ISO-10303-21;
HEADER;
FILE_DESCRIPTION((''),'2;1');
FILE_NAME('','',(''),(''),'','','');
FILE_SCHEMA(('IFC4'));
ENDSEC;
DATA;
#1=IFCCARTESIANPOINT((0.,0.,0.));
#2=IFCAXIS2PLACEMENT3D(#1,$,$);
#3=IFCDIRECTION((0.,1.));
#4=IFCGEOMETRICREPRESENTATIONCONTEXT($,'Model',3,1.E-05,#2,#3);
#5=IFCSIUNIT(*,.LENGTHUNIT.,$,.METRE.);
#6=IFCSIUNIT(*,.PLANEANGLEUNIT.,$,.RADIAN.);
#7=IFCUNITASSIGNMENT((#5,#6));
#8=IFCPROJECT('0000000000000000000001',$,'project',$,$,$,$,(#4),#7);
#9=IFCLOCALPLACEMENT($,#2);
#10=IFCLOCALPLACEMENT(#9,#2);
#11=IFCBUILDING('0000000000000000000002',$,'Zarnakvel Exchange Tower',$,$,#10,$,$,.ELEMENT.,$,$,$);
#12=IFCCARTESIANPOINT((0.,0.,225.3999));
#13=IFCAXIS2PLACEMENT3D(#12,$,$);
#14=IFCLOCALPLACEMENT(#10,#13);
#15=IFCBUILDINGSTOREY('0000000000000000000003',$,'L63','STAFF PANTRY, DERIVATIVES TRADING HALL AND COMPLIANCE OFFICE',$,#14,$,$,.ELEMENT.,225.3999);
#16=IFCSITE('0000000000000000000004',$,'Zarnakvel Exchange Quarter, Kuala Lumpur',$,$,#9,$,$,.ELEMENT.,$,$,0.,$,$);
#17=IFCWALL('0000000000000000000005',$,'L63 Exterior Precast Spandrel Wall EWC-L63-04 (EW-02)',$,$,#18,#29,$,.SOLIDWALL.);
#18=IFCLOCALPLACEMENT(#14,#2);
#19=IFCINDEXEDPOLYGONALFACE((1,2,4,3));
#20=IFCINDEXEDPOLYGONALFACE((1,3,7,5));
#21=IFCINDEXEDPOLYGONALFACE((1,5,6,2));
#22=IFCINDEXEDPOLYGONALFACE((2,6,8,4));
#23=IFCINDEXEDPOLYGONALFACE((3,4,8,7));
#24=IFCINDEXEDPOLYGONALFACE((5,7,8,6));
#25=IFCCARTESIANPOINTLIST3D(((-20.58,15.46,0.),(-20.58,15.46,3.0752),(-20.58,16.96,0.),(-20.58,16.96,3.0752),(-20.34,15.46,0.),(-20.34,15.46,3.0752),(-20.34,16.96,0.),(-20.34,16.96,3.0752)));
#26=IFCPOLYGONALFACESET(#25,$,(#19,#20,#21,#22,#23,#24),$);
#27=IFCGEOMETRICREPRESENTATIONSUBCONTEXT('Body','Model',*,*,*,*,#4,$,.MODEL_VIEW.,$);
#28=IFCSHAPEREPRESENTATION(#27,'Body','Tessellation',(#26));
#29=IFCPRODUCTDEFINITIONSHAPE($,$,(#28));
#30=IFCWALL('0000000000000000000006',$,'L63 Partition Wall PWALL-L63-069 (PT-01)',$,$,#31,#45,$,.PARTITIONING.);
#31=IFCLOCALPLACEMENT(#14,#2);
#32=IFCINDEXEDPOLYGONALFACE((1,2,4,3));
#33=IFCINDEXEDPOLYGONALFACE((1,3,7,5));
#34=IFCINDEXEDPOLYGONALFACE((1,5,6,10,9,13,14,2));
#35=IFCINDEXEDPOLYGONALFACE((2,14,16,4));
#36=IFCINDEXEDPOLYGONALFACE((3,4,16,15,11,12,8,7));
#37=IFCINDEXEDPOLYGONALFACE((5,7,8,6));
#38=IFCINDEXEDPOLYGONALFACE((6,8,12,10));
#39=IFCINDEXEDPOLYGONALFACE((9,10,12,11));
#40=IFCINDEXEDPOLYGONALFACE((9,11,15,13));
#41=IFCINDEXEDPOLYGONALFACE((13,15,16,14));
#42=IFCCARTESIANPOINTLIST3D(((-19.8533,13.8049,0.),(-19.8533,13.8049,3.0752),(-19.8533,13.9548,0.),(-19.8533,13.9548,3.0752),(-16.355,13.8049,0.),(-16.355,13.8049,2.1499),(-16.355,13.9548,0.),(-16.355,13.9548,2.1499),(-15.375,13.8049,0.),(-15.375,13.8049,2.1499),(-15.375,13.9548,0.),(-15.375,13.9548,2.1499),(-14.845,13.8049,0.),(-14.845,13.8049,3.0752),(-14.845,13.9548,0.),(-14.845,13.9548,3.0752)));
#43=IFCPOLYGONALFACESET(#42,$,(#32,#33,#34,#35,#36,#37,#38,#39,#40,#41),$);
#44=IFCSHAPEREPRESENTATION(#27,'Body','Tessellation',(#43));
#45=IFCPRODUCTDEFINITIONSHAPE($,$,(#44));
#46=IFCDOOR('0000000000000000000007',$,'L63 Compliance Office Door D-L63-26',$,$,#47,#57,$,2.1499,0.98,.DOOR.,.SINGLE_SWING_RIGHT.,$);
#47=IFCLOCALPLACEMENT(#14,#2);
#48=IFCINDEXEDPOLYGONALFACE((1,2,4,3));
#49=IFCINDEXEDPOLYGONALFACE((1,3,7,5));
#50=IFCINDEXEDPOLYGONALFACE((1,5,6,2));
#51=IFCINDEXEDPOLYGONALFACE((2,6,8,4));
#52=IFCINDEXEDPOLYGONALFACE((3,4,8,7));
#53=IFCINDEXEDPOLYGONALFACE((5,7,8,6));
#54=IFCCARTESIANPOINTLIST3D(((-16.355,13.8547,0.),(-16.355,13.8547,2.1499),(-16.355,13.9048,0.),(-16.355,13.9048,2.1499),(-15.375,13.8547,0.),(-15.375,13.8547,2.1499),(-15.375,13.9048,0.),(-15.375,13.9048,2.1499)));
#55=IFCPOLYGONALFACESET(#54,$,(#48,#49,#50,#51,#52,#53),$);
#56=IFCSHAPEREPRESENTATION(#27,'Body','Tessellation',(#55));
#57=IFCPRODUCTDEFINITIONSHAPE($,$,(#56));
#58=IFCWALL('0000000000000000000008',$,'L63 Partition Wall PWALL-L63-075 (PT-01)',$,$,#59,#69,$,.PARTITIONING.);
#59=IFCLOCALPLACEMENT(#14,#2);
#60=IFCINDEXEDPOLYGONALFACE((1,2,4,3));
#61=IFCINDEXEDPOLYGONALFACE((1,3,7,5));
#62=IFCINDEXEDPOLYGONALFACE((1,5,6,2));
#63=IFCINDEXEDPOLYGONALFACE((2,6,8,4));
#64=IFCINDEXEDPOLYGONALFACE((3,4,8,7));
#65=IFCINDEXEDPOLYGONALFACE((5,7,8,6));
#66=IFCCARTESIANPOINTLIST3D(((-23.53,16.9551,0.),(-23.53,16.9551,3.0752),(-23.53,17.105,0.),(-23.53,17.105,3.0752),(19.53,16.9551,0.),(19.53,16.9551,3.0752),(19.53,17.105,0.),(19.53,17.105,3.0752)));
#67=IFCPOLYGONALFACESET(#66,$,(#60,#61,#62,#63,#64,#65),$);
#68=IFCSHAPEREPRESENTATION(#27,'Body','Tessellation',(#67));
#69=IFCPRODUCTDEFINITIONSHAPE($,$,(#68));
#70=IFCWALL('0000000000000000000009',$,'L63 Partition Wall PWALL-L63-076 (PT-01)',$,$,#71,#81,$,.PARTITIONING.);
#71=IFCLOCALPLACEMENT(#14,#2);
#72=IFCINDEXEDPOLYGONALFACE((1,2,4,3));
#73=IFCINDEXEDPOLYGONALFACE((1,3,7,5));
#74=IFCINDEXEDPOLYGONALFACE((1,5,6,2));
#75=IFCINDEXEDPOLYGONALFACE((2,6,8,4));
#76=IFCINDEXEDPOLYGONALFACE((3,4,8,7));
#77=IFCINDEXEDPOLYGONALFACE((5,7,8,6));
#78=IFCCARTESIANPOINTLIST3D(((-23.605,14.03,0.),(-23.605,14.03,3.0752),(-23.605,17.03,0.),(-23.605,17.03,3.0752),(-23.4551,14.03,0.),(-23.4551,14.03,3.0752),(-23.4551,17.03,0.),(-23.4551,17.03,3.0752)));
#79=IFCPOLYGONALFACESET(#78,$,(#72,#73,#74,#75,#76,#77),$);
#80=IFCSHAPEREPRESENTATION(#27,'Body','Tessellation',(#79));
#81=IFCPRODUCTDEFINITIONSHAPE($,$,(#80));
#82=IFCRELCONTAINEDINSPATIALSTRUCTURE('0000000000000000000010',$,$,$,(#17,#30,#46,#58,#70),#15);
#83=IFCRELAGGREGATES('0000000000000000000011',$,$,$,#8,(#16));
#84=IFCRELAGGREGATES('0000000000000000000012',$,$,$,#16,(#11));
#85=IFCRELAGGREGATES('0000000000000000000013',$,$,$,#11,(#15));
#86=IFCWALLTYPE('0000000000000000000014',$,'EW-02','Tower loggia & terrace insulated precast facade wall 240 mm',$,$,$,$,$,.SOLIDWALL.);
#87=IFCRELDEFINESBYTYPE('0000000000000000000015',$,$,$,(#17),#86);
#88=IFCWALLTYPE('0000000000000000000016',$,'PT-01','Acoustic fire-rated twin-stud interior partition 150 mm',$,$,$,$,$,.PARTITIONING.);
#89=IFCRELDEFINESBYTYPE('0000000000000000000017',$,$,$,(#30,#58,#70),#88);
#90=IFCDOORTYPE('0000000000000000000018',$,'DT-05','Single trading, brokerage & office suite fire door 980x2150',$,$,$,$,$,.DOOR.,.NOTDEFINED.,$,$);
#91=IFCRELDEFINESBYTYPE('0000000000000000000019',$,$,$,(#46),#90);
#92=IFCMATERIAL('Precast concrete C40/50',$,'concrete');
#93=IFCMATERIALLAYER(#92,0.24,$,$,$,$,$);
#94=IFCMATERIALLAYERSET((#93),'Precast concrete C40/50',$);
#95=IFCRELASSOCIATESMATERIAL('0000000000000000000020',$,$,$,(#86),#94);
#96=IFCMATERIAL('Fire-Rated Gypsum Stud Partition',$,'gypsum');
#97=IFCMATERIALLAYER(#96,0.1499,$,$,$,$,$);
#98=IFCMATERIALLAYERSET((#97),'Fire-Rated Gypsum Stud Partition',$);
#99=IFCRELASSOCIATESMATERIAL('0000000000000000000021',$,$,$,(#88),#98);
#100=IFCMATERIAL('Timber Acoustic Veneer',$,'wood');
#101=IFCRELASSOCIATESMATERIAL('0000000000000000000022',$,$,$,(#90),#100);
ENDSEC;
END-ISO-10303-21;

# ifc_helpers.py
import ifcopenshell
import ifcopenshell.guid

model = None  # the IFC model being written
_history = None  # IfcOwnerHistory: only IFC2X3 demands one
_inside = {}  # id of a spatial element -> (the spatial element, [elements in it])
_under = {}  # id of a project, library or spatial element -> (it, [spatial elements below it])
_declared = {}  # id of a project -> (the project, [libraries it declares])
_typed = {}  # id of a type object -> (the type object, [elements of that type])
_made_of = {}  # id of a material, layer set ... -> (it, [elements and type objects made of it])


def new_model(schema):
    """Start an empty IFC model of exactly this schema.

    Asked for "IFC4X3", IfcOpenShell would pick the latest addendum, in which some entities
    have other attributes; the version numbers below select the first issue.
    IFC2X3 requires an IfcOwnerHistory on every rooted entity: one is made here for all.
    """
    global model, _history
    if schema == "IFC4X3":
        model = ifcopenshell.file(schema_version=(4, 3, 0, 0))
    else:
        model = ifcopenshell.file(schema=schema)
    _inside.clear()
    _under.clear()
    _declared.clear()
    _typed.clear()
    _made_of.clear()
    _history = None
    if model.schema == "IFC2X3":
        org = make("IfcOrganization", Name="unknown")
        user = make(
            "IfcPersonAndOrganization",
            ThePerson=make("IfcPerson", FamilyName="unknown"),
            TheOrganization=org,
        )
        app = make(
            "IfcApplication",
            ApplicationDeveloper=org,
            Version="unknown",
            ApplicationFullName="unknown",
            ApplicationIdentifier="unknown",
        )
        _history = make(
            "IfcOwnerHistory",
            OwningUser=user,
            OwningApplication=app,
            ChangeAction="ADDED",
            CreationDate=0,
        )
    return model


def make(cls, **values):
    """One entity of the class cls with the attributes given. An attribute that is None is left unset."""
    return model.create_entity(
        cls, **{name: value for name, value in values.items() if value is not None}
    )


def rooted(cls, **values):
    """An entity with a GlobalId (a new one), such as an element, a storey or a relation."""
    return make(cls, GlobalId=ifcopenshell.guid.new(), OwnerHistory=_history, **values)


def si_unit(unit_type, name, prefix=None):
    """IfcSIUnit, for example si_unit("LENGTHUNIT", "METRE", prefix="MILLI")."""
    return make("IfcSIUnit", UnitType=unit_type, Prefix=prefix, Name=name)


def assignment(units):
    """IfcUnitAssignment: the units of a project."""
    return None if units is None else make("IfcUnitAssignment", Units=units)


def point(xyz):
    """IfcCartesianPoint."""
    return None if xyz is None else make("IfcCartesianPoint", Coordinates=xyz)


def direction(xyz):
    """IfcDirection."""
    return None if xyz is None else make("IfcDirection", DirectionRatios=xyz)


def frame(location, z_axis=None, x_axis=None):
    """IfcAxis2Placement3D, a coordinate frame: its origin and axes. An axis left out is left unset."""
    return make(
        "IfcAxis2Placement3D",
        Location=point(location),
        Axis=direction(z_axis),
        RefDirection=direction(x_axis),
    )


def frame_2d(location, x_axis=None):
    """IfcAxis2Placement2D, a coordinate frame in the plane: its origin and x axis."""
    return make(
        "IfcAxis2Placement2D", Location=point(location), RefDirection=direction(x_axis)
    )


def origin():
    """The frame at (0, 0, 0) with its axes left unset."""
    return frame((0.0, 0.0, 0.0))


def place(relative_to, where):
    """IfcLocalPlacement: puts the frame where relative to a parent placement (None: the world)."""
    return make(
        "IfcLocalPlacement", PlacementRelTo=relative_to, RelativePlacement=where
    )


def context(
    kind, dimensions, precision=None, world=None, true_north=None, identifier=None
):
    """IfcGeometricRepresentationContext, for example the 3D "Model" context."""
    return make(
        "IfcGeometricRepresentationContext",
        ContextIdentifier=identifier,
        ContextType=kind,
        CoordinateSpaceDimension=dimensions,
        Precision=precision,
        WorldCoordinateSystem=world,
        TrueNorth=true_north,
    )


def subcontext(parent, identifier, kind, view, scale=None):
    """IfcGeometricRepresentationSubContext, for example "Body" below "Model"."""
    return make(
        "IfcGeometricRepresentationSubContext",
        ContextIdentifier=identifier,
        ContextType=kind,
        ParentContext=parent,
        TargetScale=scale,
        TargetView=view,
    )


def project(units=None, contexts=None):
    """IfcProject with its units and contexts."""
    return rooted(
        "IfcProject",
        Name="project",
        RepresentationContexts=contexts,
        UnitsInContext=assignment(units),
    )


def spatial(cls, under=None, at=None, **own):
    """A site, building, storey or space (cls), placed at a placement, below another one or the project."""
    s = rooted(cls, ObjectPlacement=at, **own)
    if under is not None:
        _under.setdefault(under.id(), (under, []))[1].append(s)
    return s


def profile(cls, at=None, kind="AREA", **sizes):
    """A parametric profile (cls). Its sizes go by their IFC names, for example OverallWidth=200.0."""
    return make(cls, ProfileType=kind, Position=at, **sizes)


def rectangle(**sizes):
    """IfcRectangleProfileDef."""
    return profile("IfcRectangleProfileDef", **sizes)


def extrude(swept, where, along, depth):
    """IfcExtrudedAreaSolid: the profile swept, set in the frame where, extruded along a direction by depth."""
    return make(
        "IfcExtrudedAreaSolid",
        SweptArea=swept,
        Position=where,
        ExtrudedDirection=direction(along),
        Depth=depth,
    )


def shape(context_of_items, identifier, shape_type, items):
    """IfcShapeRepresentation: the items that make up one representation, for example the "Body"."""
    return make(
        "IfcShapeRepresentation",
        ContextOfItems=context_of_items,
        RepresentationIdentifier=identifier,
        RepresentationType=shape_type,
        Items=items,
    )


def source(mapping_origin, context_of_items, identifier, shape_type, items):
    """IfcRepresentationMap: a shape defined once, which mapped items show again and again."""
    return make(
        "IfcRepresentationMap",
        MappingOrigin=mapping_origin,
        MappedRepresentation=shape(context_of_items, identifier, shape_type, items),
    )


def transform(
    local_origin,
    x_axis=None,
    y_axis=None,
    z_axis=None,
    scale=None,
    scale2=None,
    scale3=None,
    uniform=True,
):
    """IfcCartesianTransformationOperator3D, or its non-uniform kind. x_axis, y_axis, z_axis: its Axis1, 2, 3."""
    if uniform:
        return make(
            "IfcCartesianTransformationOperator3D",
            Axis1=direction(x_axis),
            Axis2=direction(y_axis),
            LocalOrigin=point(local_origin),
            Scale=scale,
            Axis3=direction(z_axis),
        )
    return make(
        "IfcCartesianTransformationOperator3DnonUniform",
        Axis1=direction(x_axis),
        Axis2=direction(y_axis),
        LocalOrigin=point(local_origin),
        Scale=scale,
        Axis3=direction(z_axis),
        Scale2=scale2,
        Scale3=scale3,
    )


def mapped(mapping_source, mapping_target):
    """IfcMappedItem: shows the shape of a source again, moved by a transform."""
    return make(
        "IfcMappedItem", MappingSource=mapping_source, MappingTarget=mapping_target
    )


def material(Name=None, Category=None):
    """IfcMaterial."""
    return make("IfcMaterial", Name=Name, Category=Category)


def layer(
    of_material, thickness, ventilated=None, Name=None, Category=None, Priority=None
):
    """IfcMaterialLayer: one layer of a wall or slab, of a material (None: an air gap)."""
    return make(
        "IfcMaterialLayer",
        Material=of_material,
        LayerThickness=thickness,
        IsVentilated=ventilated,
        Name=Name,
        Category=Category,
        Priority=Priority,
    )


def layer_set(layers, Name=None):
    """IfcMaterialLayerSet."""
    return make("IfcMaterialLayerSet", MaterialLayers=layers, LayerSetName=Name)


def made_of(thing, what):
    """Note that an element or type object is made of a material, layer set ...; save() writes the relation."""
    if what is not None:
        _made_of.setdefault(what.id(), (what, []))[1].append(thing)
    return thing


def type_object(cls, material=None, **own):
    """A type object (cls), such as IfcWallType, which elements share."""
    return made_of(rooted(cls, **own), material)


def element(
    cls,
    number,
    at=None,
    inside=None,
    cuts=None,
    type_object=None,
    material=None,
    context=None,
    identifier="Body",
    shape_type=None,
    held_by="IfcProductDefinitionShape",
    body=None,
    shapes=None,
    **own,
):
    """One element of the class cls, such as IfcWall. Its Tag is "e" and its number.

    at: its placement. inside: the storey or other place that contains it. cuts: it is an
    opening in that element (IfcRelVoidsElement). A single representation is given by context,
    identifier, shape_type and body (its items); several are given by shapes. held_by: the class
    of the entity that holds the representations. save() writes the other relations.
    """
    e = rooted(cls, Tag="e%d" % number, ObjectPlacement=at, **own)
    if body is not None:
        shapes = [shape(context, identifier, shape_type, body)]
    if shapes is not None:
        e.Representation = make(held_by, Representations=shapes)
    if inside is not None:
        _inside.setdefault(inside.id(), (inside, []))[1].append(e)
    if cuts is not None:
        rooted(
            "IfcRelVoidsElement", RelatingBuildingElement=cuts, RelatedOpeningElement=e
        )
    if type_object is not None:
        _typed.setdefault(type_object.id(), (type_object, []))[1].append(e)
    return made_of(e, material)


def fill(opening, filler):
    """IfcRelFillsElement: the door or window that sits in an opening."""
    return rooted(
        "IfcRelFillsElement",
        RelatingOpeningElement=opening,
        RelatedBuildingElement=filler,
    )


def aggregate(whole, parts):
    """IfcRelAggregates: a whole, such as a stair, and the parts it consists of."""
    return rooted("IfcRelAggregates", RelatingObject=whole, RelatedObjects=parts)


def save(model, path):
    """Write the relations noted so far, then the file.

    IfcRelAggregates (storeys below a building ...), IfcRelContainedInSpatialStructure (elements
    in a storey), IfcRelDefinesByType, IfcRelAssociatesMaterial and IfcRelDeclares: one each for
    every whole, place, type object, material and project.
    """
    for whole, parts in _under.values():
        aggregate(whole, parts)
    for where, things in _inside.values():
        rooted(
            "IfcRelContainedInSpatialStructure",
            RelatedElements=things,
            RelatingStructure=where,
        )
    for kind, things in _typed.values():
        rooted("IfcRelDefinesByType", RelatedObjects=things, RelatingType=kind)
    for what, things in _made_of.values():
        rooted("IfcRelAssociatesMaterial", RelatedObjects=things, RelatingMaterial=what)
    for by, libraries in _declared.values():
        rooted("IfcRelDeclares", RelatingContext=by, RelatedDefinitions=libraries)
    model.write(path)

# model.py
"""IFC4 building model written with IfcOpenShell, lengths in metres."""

from ifc_helpers import new_model, si_unit, direction, frame, frame_2d, origin, place, context, subcontext, project, spatial, rectangle, extrude, source, transform, mapped, material, layer, layer_set, type_object, element, fill, save


model = new_model("IFC4")

# Units and contexts
model_context = context("Model", 3, precision=1e-05, world=origin(), true_north=direction((0.0, 1.0)))
body_context = subcontext(model_context, "Body", "Model", "MODEL_VIEW")
ifc_project = project(units=[si_unit("LENGTHUNIT", "METRE"), si_unit("PLANEANGLEUNIT", "RADIAN")], contexts=[model_context])

# Site, building, storey
site_placement = place(None, origin())
site = spatial("IfcSite", under=ifc_project, at=site_placement, Name="Zarnakvel Exchange Quarter, Kuala Lumpur", CompositionType="ELEMENT", RefElevation=0.0)
building_placement = place(site_placement, origin())
building = spatial("IfcBuilding", under=site, at=building_placement, Name="Zarnakvel Exchange Tower", CompositionType="ELEMENT")
storey_placement = place(building_placement, frame((0.0, 0.0, 225.3999)))
storey = spatial("IfcBuildingStorey", under=building, at=storey_placement, Name="L63", Description="STAFF PANTRY, DERIVATIVES TRADING HALL AND COMPLIANCE OFFICE", CompositionType="ELEMENT", Elevation=225.3999)

# Wall
ifc_material_1 = material(Name="Precast concrete C40/50", Category="concrete")
ifc_layer_1 = layer(ifc_material_1, 0.24)
ifc_layer_set_1 = layer_set([ifc_layer_1], Name="Precast concrete C40/50")
wall_type_1 = type_object("IfcWallType", Name="EW-02", Description="Tower loggia & terrace insulated precast facade wall 240 mm", PredefinedType="SOLIDWALL", material=ifc_layer_set_1)
for number, where, z_axis, x_axis, name in (
    (1, (-20.46, 16.96, 0.0), (0.0, 0.0, 1.0), (0.0, -1.0, 0.0), "L63 Exterior Precast Spandrel Wall EWC-L63-04 (EW-02)"),
):
    element("IfcWall", number, at=place(storey_placement, frame(where, z_axis=z_axis, x_axis=x_axis)), inside=storey, type_object=wall_type_1, Name=name, PredefinedType="SOLIDWALL", context=body_context, shape_type="SweptSolid", body=[
        extrude(rectangle(XDim=1.5, YDim=0.24, at=frame_2d((0.75, 0.0))), origin(), (0.0, 0.0, 1.0), 3.0752),
    ])

# Wall, opening, door
ifc_material_2 = material(Name="Fire-Rated Gypsum Stud Partition", Category="gypsum")
ifc_layer_2 = layer(ifc_material_2, 0.1499)
ifc_layer_set_2 = layer_set([ifc_layer_2], Name="Fire-Rated Gypsum Stud Partition")
wall_type_2 = type_object("IfcWallType", Name="PT-01", Description="Acoustic fire-rated twin-stud interior partition 150 mm", PredefinedType="PARTITIONING", material=ifc_layer_set_2)
wall_1_placement = place(storey_placement, frame((-19.8533, 13.8799, 0.0), z_axis=(0.0, 0.0, 1.0), x_axis=(1.0, 0.0, 0.0)))
wall_1 = element("IfcWall", 2, at=wall_1_placement, inside=storey, type_object=wall_type_2, Name="L63 Partition Wall PWALL-L63-069 (PT-01)", PredefinedType="PARTITIONING", context=body_context, shape_type="SweptSolid", body=[
    extrude(rectangle(XDim=5.0083, YDim=0.1499, at=frame_2d((2.5042, 0.0))), origin(), (0.0, 0.0, 1.0), 3.0752),
])
opening_placement = place(wall_1_placement, frame((3.4983, 0.0, 0.0)))
opening = element("IfcOpeningElement", 3, at=opening_placement, cuts=wall_1, PredefinedType="OPENING", context=body_context, shape_type="SweptSolid", body=[
    extrude(rectangle(XDim=0.98, YDim=2.1499, at=frame_2d((0.49, 1.075))), frame((0.0, 0.085, 0.0), z_axis=(0.0, -1.0, 0.0), x_axis=(1.0, 0.0, 0.0)), (0.0, 0.0, 1.0), 0.1699),
])
ifc_material_3 = material(Name="Timber Acoustic Veneer", Category="wood")
door_type = type_object("IfcDoorType", Name="DT-05", Description="Single trading, brokerage & office suite fire door 980x2150", OperationType="NOTDEFINED", PredefinedType="DOOR", material=ifc_material_3)
shared_shape_1 = source(origin(), body_context, "Body", "SweptSolid", [
    extrude(rectangle(XDim=0.98, YDim=2.1499, at=frame_2d((0.49, 1.075))), frame((0.0, 0.0249, 0.0), z_axis=(0.0, -1.0, 0.0), x_axis=(1.0, 0.0, 0.0)), (0.0, 0.0, 1.0), 0.05),
])
door_placement = place(opening_placement, origin())
door = element("IfcDoor", 4, at=door_placement, inside=storey, type_object=door_type, Name="L63 Compliance Office Door D-L63-26", OperationType="SINGLE_SWING_RIGHT", OverallHeight=2.1499, OverallWidth=0.98, PredefinedType="DOOR", context=body_context, shape_type="MappedRepresentation", body=[
    mapped(shared_shape_1, transform((0.0, 0.0, 0.0), x_axis=(1.0, 0.0, 0.0), y_axis=(0.0, 1.0, 0.0), z_axis=(0.0, 0.0, 1.0), scale=1.0)),
])
fill(opening, door)

# Walls
wall_2_placement = place(storey_placement, frame((-23.53, 17.03, 0.0), z_axis=(0.0, 0.0, 1.0), x_axis=(1.0, 0.0, 0.0)))
element("IfcWall", 5, at=wall_2_placement, inside=storey, type_object=wall_type_2, Name="L63 Partition Wall PWALL-L63-075 (PT-01)", PredefinedType="PARTITIONING", context=body_context, shape_type="SweptSolid", body=[
    extrude(rectangle(XDim=43.0601, YDim=0.1499, at=frame_2d((21.53, 0.0))), origin(), (0.0, 0.0, 1.0), 3.0752),
])
wall_3_placement = place(storey_placement, frame((-23.53, 14.03, 0.0), z_axis=(0.0, 0.0, 1.0), x_axis=(0.0, 1.0, 0.0)))
element("IfcWall", 6, at=wall_3_placement, inside=storey, type_object=wall_type_2, Name="L63 Partition Wall PWALL-L63-076 (PT-01)", PredefinedType="PARTITIONING", context=body_context, shape_type="SweptSolid", body=[
    extrude(rectangle(XDim=3.0, YDim=0.1499, at=frame_2d((1.5, 0.0))), origin(), (0.0, 0.0, 1.0), 3.0752),
])

save(model, "model.ifc")
